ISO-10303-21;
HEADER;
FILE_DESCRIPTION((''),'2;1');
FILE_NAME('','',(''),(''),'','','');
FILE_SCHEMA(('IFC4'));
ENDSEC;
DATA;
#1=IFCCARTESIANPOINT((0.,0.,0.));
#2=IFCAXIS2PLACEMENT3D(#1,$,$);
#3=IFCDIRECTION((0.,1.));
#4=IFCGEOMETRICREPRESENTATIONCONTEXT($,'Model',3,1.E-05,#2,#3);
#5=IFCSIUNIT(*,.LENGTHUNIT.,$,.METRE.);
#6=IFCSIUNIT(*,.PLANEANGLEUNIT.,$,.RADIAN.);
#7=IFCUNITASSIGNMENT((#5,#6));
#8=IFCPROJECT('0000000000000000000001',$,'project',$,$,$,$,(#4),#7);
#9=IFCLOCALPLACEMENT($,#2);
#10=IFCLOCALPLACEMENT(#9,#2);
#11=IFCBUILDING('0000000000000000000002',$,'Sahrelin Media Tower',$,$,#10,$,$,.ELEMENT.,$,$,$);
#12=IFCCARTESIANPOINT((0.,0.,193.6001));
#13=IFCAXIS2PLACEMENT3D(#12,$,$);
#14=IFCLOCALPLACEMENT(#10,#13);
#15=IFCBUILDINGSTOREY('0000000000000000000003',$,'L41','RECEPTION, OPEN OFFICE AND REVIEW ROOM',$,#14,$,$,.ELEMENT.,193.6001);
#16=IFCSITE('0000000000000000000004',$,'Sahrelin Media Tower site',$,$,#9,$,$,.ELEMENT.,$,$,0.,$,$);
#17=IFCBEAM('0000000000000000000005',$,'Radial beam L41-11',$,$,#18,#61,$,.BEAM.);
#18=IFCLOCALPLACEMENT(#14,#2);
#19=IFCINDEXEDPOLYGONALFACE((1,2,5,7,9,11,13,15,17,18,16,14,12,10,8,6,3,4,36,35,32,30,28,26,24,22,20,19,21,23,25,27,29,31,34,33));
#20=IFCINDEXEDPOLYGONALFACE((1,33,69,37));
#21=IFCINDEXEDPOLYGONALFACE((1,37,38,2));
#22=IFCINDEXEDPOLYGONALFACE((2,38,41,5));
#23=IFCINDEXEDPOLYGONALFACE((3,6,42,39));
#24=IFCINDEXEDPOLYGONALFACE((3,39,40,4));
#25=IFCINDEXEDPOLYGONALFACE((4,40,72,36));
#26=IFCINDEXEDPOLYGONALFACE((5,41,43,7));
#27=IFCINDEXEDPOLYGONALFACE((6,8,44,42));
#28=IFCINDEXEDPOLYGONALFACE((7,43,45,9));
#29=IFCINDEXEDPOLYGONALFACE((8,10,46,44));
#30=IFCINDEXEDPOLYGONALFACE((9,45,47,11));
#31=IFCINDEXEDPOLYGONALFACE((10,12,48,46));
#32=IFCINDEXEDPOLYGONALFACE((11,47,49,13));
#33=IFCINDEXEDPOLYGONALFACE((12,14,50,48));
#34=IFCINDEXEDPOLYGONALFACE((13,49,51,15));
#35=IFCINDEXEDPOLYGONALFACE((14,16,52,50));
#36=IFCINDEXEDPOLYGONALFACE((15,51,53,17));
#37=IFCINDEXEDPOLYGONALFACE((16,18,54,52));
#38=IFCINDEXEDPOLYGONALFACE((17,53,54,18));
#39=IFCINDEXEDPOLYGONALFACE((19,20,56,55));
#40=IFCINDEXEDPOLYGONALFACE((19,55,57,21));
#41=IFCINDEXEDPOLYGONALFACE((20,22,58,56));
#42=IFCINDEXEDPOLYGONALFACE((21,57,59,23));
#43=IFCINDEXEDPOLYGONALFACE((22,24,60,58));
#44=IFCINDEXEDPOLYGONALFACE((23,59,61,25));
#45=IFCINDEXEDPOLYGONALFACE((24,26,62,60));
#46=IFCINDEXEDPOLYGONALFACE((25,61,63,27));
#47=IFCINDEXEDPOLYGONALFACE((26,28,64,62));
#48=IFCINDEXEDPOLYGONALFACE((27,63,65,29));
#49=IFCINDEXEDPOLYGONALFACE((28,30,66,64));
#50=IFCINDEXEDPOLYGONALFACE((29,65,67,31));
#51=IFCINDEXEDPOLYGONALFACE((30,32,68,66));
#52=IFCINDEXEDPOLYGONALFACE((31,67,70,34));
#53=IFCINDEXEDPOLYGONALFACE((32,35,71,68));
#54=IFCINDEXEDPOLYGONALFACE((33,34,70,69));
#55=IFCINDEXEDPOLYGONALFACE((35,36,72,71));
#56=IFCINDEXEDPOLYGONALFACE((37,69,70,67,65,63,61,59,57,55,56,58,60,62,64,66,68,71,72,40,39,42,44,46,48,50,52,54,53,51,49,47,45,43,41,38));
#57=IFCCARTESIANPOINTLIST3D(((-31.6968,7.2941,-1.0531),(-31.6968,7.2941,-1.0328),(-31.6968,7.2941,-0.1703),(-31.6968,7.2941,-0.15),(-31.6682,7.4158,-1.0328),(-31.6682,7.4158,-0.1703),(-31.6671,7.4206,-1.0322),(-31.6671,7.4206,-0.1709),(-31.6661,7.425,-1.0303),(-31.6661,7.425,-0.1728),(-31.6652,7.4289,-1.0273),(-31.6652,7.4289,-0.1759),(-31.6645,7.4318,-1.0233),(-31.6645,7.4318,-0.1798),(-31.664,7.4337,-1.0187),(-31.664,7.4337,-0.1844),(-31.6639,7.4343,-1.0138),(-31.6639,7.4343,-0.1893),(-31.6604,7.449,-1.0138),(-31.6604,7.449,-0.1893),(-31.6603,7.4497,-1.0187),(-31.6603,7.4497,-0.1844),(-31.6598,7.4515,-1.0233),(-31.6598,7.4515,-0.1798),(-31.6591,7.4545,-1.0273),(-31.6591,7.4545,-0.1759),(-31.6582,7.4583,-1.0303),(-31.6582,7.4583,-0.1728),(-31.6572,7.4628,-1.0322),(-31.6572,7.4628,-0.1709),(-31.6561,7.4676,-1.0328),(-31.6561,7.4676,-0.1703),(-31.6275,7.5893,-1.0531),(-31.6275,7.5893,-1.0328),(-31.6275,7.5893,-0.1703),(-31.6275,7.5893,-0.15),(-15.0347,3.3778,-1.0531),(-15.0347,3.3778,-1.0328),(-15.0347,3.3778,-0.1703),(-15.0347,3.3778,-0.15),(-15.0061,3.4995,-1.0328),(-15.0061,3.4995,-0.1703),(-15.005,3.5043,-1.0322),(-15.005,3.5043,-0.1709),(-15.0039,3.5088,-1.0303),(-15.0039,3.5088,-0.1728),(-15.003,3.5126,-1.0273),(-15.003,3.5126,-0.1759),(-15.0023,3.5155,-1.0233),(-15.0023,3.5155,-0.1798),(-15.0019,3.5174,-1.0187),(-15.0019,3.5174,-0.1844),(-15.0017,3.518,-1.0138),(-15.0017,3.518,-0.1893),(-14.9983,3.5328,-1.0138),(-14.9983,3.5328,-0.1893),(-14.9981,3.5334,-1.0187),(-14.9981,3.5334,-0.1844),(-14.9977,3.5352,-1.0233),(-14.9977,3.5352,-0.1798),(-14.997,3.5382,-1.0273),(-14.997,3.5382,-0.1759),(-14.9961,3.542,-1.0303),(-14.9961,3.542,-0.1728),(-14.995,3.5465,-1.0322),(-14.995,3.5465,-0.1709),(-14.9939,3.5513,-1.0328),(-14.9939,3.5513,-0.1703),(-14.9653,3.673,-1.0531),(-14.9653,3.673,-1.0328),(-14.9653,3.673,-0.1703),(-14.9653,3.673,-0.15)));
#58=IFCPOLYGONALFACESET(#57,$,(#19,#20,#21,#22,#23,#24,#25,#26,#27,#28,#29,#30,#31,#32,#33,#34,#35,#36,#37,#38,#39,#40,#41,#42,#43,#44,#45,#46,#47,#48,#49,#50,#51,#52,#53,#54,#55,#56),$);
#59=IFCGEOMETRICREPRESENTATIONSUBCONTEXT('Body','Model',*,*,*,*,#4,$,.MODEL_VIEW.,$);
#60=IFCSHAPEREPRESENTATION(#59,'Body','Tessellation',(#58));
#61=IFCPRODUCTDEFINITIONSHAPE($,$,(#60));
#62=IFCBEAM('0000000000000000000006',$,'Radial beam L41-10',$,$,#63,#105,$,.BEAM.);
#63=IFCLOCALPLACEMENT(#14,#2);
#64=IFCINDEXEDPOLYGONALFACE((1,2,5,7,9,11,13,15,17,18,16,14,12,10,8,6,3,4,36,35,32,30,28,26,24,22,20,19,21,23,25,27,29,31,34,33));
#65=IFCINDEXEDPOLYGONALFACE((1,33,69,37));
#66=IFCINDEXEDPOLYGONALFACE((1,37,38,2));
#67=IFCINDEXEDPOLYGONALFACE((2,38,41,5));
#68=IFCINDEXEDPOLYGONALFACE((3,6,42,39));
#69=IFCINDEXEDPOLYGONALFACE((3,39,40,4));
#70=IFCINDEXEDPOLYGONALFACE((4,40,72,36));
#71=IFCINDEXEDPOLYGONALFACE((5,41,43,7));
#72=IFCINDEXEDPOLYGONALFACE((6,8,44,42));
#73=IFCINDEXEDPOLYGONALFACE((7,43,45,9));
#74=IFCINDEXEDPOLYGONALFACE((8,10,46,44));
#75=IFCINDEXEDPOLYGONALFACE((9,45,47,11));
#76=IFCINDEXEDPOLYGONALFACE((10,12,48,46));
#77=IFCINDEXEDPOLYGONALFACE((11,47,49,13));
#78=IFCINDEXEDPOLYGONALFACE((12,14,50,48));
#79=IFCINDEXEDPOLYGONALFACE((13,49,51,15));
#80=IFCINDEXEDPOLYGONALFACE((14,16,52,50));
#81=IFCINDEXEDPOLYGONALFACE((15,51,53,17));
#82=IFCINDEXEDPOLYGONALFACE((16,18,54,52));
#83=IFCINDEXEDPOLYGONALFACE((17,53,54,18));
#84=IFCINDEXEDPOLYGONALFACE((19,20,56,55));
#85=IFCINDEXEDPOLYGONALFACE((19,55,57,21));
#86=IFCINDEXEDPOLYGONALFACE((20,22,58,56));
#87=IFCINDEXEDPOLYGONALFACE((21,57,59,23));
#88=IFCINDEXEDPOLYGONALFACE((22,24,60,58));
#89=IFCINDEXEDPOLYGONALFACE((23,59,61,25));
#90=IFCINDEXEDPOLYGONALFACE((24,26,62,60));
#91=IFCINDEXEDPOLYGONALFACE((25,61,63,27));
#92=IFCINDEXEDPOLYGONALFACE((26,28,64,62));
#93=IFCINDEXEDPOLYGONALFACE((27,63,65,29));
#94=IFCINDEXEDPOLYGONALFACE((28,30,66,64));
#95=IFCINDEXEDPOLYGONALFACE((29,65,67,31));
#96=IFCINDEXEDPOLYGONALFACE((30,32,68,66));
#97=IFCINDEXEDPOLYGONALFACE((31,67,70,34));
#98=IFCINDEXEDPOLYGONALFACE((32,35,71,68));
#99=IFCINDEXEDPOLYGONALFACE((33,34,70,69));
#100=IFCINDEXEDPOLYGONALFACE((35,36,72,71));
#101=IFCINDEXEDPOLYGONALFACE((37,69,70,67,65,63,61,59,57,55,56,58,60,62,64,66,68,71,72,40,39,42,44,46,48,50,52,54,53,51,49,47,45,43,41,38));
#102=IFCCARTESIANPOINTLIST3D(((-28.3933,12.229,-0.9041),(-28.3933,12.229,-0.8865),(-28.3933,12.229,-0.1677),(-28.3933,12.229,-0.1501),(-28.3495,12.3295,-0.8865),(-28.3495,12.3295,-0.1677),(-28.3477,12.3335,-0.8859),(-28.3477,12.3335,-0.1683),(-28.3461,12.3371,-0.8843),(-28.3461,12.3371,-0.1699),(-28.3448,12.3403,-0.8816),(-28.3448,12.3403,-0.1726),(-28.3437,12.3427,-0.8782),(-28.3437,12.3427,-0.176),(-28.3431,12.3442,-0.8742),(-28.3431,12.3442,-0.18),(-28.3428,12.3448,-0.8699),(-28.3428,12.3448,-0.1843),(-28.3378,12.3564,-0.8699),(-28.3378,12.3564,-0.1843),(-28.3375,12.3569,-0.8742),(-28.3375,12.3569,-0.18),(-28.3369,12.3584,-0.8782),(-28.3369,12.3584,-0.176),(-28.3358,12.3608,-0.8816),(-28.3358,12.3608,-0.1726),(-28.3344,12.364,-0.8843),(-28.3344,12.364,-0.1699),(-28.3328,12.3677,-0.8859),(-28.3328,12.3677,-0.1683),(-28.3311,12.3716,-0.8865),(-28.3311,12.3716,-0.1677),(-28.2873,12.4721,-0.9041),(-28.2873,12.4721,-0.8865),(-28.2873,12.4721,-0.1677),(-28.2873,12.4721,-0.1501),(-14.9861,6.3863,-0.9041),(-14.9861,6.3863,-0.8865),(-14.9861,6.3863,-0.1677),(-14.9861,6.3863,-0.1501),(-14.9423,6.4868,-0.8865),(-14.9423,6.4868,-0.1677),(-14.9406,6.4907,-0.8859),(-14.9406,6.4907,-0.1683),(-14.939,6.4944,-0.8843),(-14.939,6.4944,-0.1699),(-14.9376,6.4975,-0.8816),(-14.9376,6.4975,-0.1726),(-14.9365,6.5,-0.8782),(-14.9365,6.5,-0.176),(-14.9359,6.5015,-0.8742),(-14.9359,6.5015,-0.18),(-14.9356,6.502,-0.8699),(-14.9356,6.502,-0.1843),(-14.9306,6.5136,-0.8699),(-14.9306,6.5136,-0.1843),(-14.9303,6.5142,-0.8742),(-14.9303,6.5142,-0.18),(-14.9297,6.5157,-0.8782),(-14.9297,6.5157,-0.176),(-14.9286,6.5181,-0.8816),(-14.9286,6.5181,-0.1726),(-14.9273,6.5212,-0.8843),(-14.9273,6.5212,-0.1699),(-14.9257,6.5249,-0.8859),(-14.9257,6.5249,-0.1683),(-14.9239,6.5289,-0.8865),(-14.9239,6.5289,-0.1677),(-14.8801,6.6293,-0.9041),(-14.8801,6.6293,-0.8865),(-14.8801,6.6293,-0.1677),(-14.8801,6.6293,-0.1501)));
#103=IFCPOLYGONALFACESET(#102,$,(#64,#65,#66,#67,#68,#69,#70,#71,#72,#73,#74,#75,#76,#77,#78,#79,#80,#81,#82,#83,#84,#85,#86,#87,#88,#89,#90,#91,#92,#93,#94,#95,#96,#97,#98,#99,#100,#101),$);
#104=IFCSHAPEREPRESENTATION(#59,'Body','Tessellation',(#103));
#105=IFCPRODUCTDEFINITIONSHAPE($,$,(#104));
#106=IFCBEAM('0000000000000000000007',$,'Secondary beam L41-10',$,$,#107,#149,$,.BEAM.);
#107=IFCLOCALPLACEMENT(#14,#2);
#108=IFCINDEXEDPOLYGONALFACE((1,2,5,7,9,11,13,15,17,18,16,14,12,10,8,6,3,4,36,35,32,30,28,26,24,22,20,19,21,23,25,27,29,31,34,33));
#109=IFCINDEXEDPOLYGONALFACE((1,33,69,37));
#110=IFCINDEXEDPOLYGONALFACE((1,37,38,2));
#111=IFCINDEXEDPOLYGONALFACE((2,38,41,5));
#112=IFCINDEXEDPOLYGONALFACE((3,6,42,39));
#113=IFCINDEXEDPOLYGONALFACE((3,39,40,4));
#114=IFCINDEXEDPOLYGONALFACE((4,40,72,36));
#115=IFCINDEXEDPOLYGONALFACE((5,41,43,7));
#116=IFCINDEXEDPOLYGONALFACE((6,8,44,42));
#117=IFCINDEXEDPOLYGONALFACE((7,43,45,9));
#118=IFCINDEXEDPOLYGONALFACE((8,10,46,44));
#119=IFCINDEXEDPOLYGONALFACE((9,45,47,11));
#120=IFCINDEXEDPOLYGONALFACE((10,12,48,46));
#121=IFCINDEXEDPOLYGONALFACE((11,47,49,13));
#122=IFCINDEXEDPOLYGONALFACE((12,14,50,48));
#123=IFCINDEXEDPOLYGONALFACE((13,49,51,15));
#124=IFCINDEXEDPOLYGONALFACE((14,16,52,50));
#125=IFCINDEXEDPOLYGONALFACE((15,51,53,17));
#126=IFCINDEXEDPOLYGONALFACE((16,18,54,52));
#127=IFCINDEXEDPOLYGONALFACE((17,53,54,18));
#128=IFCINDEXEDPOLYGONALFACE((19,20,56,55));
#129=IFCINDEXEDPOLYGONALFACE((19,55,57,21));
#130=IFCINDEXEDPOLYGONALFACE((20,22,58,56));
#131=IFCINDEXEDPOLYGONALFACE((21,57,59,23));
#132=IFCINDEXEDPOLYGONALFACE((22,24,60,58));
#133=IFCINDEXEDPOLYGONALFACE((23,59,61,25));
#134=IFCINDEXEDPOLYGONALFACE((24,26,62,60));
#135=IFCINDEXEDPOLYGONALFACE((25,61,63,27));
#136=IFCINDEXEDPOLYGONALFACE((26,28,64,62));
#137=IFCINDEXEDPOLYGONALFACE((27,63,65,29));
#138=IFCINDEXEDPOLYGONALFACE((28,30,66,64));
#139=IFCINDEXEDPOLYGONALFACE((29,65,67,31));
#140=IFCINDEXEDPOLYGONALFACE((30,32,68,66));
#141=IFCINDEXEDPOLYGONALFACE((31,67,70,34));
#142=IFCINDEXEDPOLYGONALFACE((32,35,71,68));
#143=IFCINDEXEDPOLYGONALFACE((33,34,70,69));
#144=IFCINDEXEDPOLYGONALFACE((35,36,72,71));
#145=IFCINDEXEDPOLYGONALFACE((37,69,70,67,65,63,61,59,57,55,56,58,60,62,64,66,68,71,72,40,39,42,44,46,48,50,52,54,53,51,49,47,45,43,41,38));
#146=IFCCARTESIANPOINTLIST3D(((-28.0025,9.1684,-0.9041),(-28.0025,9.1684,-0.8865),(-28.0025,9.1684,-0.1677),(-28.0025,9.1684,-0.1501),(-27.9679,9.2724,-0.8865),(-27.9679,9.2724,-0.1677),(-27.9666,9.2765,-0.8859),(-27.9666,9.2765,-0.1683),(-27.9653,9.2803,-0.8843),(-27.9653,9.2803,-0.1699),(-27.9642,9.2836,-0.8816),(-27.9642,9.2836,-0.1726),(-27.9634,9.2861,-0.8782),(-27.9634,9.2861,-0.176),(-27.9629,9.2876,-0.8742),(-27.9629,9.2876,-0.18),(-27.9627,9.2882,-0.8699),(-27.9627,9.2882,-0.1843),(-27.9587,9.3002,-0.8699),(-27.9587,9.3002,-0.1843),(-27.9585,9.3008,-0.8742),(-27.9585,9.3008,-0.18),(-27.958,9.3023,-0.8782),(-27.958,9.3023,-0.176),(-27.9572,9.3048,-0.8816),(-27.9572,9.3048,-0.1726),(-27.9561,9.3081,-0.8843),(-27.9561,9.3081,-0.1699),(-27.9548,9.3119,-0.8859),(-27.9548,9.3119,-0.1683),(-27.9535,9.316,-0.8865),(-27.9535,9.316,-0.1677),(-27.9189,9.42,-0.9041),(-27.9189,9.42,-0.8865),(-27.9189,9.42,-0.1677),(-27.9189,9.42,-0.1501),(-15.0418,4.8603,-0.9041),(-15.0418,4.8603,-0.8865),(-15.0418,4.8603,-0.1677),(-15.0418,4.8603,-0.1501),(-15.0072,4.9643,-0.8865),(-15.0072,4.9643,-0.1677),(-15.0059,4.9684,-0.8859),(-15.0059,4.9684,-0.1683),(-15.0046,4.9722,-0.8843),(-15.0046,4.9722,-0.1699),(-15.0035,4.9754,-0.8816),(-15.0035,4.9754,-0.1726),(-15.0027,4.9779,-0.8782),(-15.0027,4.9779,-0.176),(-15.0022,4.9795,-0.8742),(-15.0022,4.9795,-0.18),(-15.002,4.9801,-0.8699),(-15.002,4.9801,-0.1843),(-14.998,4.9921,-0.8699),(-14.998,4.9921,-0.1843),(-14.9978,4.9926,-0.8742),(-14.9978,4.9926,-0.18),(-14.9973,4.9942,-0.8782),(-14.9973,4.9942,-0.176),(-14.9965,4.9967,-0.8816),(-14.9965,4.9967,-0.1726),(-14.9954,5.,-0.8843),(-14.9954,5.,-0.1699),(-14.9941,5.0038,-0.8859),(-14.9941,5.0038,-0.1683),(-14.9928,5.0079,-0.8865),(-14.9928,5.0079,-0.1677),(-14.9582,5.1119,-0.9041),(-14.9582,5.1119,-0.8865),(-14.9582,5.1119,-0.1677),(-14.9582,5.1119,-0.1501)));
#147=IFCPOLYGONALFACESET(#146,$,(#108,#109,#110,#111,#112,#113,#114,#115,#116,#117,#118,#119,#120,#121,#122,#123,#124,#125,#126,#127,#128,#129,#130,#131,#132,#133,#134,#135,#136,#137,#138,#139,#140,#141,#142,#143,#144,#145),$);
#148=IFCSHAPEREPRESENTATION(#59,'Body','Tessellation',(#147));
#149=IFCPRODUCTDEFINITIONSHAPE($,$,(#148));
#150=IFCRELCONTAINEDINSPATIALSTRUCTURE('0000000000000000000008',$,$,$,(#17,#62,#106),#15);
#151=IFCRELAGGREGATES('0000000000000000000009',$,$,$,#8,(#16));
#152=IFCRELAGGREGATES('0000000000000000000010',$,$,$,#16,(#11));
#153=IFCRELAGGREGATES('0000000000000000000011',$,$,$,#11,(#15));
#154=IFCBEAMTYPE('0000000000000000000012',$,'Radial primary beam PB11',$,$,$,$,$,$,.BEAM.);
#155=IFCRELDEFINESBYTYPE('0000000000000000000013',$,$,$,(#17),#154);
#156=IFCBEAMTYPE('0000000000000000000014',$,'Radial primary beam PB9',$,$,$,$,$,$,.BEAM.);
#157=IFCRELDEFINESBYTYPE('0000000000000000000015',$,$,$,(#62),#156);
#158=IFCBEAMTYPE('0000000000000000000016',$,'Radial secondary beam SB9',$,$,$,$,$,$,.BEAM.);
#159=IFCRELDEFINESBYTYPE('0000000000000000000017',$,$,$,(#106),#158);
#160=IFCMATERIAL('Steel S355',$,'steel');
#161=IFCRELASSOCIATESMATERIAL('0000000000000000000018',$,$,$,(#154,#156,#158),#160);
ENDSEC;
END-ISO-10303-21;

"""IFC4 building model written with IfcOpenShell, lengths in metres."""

from ifc_helpers import new_model, si_unit, direction, frame, origin, origin_2d, place, context, subcontext, project, spatial, i_section, extrude, material, material_profile, profile_set, type_object, element, save


model = new_model("IFC4")

# Units and contexts
model_context = context("Model", 3, precision=1e-05, world=origin(), true_north=direction((0.0, 1.0)))
body_context = subcontext(model_context, "Body", "Model", "MODEL_VIEW")
ifc_project = project(units=[si_unit("LENGTHUNIT", "METRE"), si_unit("PLANEANGLEUNIT", "RADIAN")], contexts=[model_context])

# Site, building, storey
site_placement = place(None, origin())
site = spatial("IfcSite", under=ifc_project, at=site_placement, Name="Sahrelin Media Tower site", CompositionType="ELEMENT", RefElevation=0.0)
building_placement = place(site_placement, origin())
building = spatial("IfcBuilding", under=site, at=building_placement, Name="Sahrelin Media Tower", CompositionType="ELEMENT")
storey_placement = place(building_placement, frame((0.0, 0.0, 193.6001)))
storey = spatial("IfcBuildingStorey", under=building, at=storey_placement, Name="L41", Description="RECEPTION, OPEN OFFICE AND REVIEW ROOM", CompositionType="ELEMENT", Elevation=193.6001)

# Beams
ifc_material_1 = material(Name="Steel S355", Category="steel")
ifc_material_profile_1 = material_profile(ifc_material_1, i_section(OverallWidth=0.3032, OverallDepth=0.9031, WebThickness=0.0151, FlangeThickness=0.0203, FilletRadius=0.019, at=origin_2d()), Name="UB 914x305x201")
ifc_profile_set_1 = profile_set([ifc_material_profile_1], Name="Steel S355")
beam_type_1 = type_object("IfcBeamType", Name="Radial primary beam PB11", PredefinedType="BEAM", material=ifc_profile_set_1)
beam_1_placement = place(storey_placement, frame((-15.0, 3.5254, -0.6016), z_axis=(-0.973472, 0.228805, 0.0), x_axis=(-0.228805, -0.973472, 0.0)))
element("IfcBeam", 1, at=beam_1_placement, inside=storey, type_object=beam_type_1, Name="Radial beam L41-11", PredefinedType="BEAM", context=body_context, shape_type="SweptSolid", body=[
    extrude(i_section(OverallWidth=0.3032, OverallDepth=0.9031, WebThickness=0.0151, FlangeThickness=0.0203, FilletRadius=0.019, at=origin_2d()), origin(), (0.0, 0.0, 1.0), 17.1162),
])
ifc_material_profile_2 = material_profile(ifc_material_1, i_section(OverallWidth=0.2651, OverallDepth=0.7539, WebThickness=0.0127, FlangeThickness=0.0176, FilletRadius=0.0166, at=origin_2d()), Name="UB 762x267x147")
ifc_profile_set_2 = profile_set([ifc_material_profile_2], Name="Steel S355")
beam_type_2 = type_object("IfcBeamType", Name="Radial primary beam PB9", PredefinedType="BEAM", material=ifc_profile_set_2)
beam_2_placement = place(storey_placement, frame((-14.9331, 6.5078, -0.5271), z_axis=(-0.916731, 0.399505, 0.0), x_axis=(-0.399505, -0.916731, 0.0)))
element("IfcBeam", 2, at=beam_2_placement, inside=storey, type_object=beam_type_2, Name="Radial beam L41-10", PredefinedType="BEAM", context=body_context, shape_type="SweptSolid", body=[
    extrude(i_section(OverallWidth=0.2651, OverallDepth=0.7539, WebThickness=0.0127, FlangeThickness=0.0176, FilletRadius=0.0166, at=origin_2d()), origin(), (0.0, 0.0, 1.0), 14.625),
])
ifc_material_profile_3 = material_profile(ifc_material_1, i_section(OverallWidth=0.2651, OverallDepth=0.7539, WebThickness=0.0127, FlangeThickness=0.0176, FilletRadius=0.0166, at=origin_2d()), Name="UB 762x267x147")
ifc_profile_set_3 = profile_set([ifc_material_profile_3], Name="Steel S355")
beam_type_3 = type_object("IfcBeamType", Name="Radial secondary beam SB9", PredefinedType="BEAM", material=ifc_profile_set_3)
beam_3_placement = place(storey_placement, frame((-15.0, 4.9861, -0.5271), z_axis=(-0.948949, 0.315429, 0.0), x_axis=(-0.315429, -0.948949, 0.0)))
element("IfcBeam", 3, at=beam_3_placement, inside=storey, type_object=beam_type_3, Name="Secondary beam L41-10", PredefinedType="BEAM", context=body_context, shape_type="SweptSolid", body=[
    extrude(i_section(OverallWidth=0.2651, OverallDepth=0.7539, WebThickness=0.0127, FlangeThickness=0.0176, FilletRadius=0.0166, at=origin_2d()), origin(), (0.0, 0.0, 1.0), 13.658),
])

save(model, "model.ifc")
